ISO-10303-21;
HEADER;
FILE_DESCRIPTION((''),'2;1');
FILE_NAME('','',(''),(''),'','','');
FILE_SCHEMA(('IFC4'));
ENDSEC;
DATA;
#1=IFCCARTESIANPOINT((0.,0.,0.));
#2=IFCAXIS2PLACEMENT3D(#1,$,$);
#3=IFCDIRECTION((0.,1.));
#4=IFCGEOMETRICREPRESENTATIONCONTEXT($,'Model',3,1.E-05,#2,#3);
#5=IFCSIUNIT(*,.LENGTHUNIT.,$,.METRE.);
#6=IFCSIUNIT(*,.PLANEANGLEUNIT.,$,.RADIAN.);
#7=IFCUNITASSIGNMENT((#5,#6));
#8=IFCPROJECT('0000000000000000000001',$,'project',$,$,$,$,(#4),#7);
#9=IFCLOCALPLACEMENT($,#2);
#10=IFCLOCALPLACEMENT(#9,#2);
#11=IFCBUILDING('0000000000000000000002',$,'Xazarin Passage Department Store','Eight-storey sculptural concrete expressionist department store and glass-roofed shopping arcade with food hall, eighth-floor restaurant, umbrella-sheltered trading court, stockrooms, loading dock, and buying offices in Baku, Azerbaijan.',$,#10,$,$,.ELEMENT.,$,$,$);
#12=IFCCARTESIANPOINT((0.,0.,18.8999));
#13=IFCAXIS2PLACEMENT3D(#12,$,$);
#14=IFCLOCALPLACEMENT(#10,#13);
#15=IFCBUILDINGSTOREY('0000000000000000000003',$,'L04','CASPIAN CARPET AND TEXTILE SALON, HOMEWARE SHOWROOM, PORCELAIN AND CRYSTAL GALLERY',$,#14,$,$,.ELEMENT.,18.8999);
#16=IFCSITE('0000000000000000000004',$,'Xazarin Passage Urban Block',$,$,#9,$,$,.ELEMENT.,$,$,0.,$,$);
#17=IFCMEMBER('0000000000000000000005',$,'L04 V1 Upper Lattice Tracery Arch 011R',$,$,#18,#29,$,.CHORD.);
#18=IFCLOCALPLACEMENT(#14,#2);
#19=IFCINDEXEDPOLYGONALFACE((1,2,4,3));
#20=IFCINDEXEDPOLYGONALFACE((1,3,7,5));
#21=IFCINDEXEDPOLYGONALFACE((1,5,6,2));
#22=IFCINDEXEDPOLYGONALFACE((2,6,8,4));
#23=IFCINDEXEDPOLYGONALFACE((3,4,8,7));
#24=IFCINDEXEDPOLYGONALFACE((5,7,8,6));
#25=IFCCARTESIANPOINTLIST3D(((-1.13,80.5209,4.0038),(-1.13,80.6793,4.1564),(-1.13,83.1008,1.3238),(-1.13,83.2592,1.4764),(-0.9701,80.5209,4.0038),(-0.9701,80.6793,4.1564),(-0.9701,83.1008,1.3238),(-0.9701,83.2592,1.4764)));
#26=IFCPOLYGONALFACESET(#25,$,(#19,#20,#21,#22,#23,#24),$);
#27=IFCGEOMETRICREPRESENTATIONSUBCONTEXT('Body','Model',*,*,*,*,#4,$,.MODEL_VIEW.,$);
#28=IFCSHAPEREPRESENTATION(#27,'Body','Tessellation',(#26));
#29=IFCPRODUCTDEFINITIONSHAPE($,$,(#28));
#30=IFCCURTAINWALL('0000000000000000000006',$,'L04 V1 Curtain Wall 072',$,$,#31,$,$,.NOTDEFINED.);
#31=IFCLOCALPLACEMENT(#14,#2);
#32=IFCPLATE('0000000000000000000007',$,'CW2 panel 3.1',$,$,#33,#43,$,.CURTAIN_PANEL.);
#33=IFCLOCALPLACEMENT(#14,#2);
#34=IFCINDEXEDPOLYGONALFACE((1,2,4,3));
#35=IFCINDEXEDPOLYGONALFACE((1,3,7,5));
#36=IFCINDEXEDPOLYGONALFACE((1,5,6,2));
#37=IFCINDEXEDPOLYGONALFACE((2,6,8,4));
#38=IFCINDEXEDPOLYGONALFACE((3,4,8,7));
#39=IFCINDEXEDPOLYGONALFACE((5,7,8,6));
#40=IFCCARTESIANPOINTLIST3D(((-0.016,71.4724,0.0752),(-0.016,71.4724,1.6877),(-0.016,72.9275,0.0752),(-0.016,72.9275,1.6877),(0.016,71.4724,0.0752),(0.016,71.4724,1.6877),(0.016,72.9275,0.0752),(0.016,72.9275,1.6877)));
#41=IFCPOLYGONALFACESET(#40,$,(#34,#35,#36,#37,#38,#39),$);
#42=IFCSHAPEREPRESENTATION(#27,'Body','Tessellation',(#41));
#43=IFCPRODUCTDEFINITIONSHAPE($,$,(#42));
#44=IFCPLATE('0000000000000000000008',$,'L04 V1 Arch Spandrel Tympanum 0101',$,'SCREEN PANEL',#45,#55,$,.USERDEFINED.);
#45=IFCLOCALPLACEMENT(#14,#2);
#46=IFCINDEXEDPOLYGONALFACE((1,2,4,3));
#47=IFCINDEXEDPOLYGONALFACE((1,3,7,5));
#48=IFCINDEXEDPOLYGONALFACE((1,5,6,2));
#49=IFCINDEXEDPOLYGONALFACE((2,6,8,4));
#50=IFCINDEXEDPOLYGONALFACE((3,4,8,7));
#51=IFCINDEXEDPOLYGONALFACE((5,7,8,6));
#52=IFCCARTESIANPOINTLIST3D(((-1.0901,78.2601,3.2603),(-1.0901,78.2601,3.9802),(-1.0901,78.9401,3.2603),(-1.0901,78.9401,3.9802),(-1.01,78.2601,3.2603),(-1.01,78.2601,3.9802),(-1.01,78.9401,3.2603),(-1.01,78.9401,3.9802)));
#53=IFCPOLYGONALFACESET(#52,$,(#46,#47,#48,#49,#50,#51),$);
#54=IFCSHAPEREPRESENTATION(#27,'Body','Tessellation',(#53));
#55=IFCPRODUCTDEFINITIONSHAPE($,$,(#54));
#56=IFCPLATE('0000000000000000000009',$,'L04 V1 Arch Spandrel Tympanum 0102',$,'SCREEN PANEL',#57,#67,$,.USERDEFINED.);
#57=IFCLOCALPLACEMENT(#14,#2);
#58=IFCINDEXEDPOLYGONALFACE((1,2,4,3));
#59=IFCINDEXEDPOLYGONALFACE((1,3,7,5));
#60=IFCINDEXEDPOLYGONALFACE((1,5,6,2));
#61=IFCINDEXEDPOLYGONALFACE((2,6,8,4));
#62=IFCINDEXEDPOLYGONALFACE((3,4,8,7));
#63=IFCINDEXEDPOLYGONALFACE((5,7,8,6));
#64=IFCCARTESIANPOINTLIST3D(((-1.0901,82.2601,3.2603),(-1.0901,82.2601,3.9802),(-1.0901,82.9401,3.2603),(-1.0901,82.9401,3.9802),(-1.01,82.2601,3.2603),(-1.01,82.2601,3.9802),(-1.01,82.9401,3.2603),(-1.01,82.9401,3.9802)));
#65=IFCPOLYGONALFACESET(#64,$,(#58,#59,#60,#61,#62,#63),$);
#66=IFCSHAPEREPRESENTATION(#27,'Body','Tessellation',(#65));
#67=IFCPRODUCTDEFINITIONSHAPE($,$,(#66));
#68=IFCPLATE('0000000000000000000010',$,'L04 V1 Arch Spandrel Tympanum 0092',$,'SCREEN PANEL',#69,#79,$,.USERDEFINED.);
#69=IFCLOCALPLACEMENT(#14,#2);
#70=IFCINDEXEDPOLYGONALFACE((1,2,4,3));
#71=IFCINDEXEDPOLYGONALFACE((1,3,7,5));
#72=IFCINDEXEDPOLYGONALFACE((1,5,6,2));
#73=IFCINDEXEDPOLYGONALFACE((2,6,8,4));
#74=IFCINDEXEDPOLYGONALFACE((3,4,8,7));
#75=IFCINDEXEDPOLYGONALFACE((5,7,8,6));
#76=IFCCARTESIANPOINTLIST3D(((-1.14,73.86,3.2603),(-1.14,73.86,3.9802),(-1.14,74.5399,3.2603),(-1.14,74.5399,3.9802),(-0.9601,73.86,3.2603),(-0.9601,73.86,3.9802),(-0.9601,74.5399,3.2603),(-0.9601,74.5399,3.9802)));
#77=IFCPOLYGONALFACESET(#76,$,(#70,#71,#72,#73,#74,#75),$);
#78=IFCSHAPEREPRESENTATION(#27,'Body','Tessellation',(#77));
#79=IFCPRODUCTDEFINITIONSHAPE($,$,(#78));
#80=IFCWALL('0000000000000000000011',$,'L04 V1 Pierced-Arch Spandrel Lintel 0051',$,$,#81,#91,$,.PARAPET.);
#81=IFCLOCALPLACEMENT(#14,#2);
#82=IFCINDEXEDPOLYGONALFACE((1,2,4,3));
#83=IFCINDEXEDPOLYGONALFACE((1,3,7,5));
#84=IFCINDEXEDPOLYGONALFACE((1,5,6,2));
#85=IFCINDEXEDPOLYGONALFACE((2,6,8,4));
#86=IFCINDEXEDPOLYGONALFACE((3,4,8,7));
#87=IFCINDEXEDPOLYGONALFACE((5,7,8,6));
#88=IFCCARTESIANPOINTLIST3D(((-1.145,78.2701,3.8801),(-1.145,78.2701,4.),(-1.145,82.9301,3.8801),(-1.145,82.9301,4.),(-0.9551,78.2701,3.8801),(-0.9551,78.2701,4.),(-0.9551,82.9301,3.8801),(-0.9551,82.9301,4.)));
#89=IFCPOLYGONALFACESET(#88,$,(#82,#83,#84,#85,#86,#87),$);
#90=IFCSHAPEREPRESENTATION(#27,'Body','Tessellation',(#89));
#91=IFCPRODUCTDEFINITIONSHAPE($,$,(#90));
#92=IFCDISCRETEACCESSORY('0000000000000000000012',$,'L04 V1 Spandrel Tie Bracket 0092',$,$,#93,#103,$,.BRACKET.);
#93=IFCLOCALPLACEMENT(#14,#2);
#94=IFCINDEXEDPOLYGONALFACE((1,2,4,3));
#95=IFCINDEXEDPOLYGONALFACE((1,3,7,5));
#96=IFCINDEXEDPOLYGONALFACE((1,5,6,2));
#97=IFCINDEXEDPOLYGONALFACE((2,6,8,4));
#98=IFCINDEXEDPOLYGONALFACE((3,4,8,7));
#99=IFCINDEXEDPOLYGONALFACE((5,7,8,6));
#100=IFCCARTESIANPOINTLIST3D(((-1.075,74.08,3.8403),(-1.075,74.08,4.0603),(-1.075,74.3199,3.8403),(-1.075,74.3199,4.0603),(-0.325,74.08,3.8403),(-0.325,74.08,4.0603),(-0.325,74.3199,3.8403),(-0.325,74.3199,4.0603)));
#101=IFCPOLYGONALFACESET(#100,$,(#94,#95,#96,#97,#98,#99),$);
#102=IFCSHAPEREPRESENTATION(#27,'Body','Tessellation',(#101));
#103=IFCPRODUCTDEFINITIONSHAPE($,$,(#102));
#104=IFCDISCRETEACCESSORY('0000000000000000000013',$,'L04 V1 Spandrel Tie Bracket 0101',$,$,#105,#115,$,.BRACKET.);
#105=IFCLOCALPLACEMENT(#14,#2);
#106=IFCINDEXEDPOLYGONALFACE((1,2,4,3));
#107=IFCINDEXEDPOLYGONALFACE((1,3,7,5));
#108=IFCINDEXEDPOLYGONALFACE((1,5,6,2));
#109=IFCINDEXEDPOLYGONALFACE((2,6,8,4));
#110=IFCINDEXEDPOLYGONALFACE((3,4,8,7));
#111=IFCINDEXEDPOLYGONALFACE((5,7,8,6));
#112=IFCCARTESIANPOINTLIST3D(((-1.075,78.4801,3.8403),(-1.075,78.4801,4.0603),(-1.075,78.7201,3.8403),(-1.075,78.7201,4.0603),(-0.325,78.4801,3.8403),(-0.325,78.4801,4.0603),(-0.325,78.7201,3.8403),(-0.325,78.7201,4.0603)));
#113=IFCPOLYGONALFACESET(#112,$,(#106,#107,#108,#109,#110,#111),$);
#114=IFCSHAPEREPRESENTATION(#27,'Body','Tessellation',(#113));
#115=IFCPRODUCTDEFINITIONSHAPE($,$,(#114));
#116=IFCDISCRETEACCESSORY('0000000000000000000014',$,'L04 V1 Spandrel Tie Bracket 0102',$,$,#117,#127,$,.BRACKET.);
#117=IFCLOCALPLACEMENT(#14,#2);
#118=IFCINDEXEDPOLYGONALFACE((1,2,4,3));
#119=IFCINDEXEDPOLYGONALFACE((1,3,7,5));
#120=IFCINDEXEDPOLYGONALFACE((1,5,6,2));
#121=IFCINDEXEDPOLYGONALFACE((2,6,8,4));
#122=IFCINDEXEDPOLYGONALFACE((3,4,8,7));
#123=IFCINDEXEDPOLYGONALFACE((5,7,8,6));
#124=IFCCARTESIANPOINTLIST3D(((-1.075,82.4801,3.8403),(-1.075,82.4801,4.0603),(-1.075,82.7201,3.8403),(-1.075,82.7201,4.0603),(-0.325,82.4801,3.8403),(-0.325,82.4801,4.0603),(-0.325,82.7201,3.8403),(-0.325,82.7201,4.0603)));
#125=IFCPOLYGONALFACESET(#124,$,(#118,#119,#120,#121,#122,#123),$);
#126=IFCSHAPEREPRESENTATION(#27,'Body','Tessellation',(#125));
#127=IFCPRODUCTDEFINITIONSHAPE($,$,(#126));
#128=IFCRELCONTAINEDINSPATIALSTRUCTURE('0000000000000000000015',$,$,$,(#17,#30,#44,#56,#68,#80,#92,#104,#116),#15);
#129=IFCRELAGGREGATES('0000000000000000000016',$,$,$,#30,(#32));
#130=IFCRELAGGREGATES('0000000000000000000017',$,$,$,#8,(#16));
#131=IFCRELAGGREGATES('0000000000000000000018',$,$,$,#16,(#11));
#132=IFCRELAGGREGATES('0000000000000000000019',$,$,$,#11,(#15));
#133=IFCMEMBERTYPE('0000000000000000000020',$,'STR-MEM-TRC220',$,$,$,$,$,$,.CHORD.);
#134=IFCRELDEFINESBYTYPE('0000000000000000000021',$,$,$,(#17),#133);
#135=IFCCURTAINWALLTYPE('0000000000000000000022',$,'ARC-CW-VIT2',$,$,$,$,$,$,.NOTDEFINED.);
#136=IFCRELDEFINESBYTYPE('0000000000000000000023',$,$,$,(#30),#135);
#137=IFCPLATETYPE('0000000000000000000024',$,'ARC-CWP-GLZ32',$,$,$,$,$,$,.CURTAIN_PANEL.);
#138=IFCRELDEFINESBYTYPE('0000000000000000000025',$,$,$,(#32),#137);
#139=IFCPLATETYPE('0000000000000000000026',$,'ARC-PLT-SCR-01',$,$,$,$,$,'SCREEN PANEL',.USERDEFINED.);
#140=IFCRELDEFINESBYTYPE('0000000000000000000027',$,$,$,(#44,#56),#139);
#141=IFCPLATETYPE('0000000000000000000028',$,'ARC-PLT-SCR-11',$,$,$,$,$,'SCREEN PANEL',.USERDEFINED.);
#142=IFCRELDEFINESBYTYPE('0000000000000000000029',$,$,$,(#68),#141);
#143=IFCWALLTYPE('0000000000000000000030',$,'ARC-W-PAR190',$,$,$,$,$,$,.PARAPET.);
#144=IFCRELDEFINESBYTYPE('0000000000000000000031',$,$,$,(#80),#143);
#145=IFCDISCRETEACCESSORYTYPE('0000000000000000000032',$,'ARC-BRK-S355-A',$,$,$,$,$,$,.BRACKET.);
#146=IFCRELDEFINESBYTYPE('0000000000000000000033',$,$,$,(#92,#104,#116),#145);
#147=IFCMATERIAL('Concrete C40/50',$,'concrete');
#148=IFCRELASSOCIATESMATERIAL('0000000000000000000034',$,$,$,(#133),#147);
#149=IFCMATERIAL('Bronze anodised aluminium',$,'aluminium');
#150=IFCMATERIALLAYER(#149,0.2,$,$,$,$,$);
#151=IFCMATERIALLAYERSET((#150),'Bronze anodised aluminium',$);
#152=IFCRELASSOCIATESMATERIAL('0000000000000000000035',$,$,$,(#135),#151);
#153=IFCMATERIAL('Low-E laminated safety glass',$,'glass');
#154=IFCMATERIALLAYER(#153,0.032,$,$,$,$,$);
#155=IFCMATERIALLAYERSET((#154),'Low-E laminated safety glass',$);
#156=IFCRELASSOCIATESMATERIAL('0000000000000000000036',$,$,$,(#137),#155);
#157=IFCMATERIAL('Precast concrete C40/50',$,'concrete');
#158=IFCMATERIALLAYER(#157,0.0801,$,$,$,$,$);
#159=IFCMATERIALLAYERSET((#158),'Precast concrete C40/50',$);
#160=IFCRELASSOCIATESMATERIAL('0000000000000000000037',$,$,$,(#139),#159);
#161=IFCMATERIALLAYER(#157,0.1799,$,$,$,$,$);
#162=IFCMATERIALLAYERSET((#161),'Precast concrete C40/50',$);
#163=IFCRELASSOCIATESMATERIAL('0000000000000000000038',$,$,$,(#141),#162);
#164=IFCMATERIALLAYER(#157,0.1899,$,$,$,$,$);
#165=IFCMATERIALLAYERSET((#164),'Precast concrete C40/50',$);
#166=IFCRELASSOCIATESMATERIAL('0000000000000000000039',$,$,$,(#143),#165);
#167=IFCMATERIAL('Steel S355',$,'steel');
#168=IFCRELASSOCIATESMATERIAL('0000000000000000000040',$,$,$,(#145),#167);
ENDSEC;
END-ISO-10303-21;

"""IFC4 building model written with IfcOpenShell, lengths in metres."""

from ifc_helpers import new_model, si_unit, direction, frame, frame_2d, origin, origin_2d, place, context, subcontext, project, spatial, rectangle, extrude, material, layer, layer_set, material_profile, profile_set, type_object, element, aggregate, save


model = new_model("IFC4")

# Units and contexts
model_context = context("Model", 3, precision=1e-05, world=origin(), true_north=direction((0.0, 1.0)))
body_context = subcontext(model_context, "Body", "Model", "MODEL_VIEW")
ifc_project = project(units=[si_unit("LENGTHUNIT", "METRE"), si_unit("PLANEANGLEUNIT", "RADIAN")], contexts=[model_context])

# Site, building, storey
site_placement = place(None, origin())
site = spatial("IfcSite", under=ifc_project, at=site_placement, Name="Xazarin Passage Urban Block", CompositionType="ELEMENT", RefElevation=0.0)
building_placement = place(site_placement, origin())
building = spatial("IfcBuilding", under=site, at=building_placement, Name="Xazarin Passage Department Store", Description="Eight-storey sculptural concrete expressionist department store and glass-roofed shopping arcade with food hall, eighth-floor restaurant, umbrella-sheltered trading court, stockrooms, loading dock, and buying offices in Baku, Azerbaijan.", CompositionType="ELEMENT")
storey_placement = place(building_placement, frame((0.0, 0.0, 18.8999)))
storey = spatial("IfcBuildingStorey", under=building, at=storey_placement, Name="L04", Description="CASPIAN CARPET AND TEXTILE SALON, HOMEWARE SHOWROOM, PORCELAIN AND CRYSTAL GALLERY", CompositionType="ELEMENT", Elevation=18.8999)

# Shared definitions
ifc_material_1 = material(Name="Concrete C40/50", Category="concrete")

# Member
ifc_material_profile_1 = material_profile(ifc_material_1, rectangle(XDim=0.1599, YDim=0.22, at=origin_2d()), Name="RC 160x220")
ifc_profile_set_1 = profile_set([ifc_material_profile_1], Name="Concrete C40/50")
member_type_1 = type_object("IfcMemberType", Name="STR-MEM-TRC220", PredefinedType="CHORD", material=ifc_profile_set_1)
for number, where, z_axis, x_axis, name in (
    (1, (-1.05, 80.6001, 4.0801), (0.0, 0.693524, -0.720433), (-1.0, 0.0, 0.0), "L04 V1 Upper Lattice Tracery Arch 011R"),
):
    element("IfcMember", number, at=place(storey_placement, frame(where, z_axis=z_axis, x_axis=x_axis)), inside=storey, type_object=member_type_1, Name=name, PredefinedType="CHORD", context=body_context, shape_type="SweptSolid", body=[
        extrude(rectangle(XDim=0.1599, YDim=0.22, at=origin_2d()), origin(), (0.0, 0.0, 1.0), 3.72),
    ])

# Curtain wall, plate
ifc_material_2 = material(Name="Bronze anodised aluminium", Category="aluminium")
ifc_layer_1 = layer(ifc_material_2, 0.2)
ifc_layer_set_1 = layer_set([ifc_layer_1], Name="Bronze anodised aluminium")
curtain_wall_type = type_object("IfcCurtainWallType", Name="ARC-CW-VIT2", PredefinedType="NOTDEFINED", material=ifc_layer_set_1)
curtain_wall_placement = place(storey_placement, origin())
curtain_wall = element("IfcCurtainWall", 2, at=curtain_wall_placement, inside=storey, type_object=curtain_wall_type, Name="L04 V1 Curtain Wall 072", PredefinedType="NOTDEFINED")
ifc_material_3 = material(Name="Low-E laminated safety glass", Category="glass")
ifc_layer_2 = layer(ifc_material_3, 0.032)
ifc_layer_set_2 = layer_set([ifc_layer_2], Name="Low-E laminated safety glass")
plate_type_1 = type_object("IfcPlateType", Name="ARC-CWP-GLZ32", PredefinedType="CURTAIN_PANEL", material=ifc_layer_set_2)
plate_1_placement = place(storey_placement, frame((0.0, 72.2, 0.0752), z_axis=(0.0, 0.0, 1.0), x_axis=(0.0, 1.0, 0.0)))
plate_1 = element("IfcPlate", 3, at=plate_1_placement, type_object=plate_type_1, Name="CW2 panel 3.1", PredefinedType="CURTAIN_PANEL", context=body_context, shape_type="SweptSolid", body=[
    extrude(rectangle(XDim=1.4551, YDim=0.032, at=origin_2d()), origin(), (0.0, 0.0, 1.0), 1.6125),
])
aggregate(curtain_wall, [plate_1])

# Plates
ifc_material_4 = material(Name="Precast concrete C40/50", Category="concrete")
ifc_layer_3 = layer(ifc_material_4, 0.0801)
ifc_layer_set_3 = layer_set([ifc_layer_3], Name="Precast concrete C40/50")
plate_type_2 = type_object("IfcPlateType", Name="ARC-PLT-SCR-01", ElementType="SCREEN PANEL", PredefinedType="USERDEFINED", material=ifc_layer_set_3)
for number, where, z_axis, x_axis, name in (
    (4, (-1.05, 78.6001, 3.2603), (0.0, 0.0, 1.0), (0.0, 1.0, 0.0), "L04 V1 Arch Spandrel Tympanum 0101"),
    (5, (-1.05, 82.6001, 3.2603), (0.0, 0.0, 1.0), (0.0, 1.0, 0.0), "L04 V1 Arch Spandrel Tympanum 0102"),
):
    element("IfcPlate", number, at=place(storey_placement, frame(where, z_axis=z_axis, x_axis=x_axis)), inside=storey, type_object=plate_type_2, Name=name, ObjectType="SCREEN PANEL", PredefinedType="USERDEFINED", context=body_context, shape_type="SweptSolid", body=[
        extrude(rectangle(XDim=0.6799, YDim=0.0801, at=origin_2d()), origin(), (0.0, 0.0, 1.0), 0.72),
    ])
ifc_layer_4 = layer(ifc_material_4, 0.1799)
ifc_layer_set_4 = layer_set([ifc_layer_4], Name="Precast concrete C40/50")
plate_type_3 = type_object("IfcPlateType", Name="ARC-PLT-SCR-11", ElementType="SCREEN PANEL", PredefinedType="USERDEFINED", material=ifc_layer_set_4)
plate_2_placement = place(storey_placement, frame((-1.05, 74.2, 3.2603), z_axis=(0.0, 0.0, 1.0), x_axis=(0.0, 1.0, 0.0)))
element("IfcPlate", 6, at=plate_2_placement, inside=storey, type_object=plate_type_3, Name="L04 V1 Arch Spandrel Tympanum 0092", ObjectType="SCREEN PANEL", PredefinedType="USERDEFINED", context=body_context, shape_type="SweptSolid", body=[
    extrude(rectangle(XDim=0.6799, YDim=0.1799, at=origin_2d()), origin(), (0.0, 0.0, 1.0), 0.72),
])

# Wall
ifc_layer_5 = layer(ifc_material_4, 0.1899)
ifc_layer_set_5 = layer_set([ifc_layer_5], Name="Precast concrete C40/50")
wall_type = type_object("IfcWallType", Name="ARC-W-PAR190", PredefinedType="PARAPET", material=ifc_layer_set_5)
wall_placement = place(storey_placement, frame((-1.05, 78.27, 3.8801), z_axis=(0.0, 0.0, 1.0), x_axis=(0.0, 1.0, 0.0)))
element("IfcWall", 7, at=wall_placement, inside=storey, type_object=wall_type, Name="L04 V1 Pierced-Arch Spandrel Lintel 0051", PredefinedType="PARAPET", context=body_context, shape_type="SweptSolid", body=[
    extrude(rectangle(XDim=4.6599, YDim=0.1899, at=frame_2d((2.3301, 0.0))), origin(), (0.0, 0.0, 1.0), 0.1199),
])

# Discrete accessories
ifc_material_5 = material(Name="Steel S355", Category="steel")
discrete_accessory_type = type_object("IfcDiscreteAccessoryType", Name="ARC-BRK-S355-A", PredefinedType="BRACKET", material=ifc_material_5)
for number, where, z_axis, x_axis, name in (
    (8, (-0.7, 74.2, 3.8403), (0.0, 0.0, 1.0), (0.0, 1.0, 0.0), "L04 V1 Spandrel Tie Bracket 0092"),
    (9, (-0.7, 78.6001, 3.8403), (0.0, 0.0, 1.0), (0.0, 1.0, 0.0), "L04 V1 Spandrel Tie Bracket 0101"),
    (10, (-0.7, 82.6001, 3.8403), (0.0, 0.0, 1.0), (0.0, 1.0, 0.0), "L04 V1 Spandrel Tie Bracket 0102"),
):
    element("IfcDiscreteAccessory", number, at=place(storey_placement, frame(where, z_axis=z_axis, x_axis=x_axis)), inside=storey, type_object=discrete_accessory_type, Name=name, PredefinedType="BRACKET", context=body_context, shape_type="SweptSolid", body=[
        extrude(rectangle(XDim=0.24, YDim=0.75, at=origin_2d()), origin(), (0.0, 0.0, 1.0), 0.22),
    ])

save(model, "model.ifc")
